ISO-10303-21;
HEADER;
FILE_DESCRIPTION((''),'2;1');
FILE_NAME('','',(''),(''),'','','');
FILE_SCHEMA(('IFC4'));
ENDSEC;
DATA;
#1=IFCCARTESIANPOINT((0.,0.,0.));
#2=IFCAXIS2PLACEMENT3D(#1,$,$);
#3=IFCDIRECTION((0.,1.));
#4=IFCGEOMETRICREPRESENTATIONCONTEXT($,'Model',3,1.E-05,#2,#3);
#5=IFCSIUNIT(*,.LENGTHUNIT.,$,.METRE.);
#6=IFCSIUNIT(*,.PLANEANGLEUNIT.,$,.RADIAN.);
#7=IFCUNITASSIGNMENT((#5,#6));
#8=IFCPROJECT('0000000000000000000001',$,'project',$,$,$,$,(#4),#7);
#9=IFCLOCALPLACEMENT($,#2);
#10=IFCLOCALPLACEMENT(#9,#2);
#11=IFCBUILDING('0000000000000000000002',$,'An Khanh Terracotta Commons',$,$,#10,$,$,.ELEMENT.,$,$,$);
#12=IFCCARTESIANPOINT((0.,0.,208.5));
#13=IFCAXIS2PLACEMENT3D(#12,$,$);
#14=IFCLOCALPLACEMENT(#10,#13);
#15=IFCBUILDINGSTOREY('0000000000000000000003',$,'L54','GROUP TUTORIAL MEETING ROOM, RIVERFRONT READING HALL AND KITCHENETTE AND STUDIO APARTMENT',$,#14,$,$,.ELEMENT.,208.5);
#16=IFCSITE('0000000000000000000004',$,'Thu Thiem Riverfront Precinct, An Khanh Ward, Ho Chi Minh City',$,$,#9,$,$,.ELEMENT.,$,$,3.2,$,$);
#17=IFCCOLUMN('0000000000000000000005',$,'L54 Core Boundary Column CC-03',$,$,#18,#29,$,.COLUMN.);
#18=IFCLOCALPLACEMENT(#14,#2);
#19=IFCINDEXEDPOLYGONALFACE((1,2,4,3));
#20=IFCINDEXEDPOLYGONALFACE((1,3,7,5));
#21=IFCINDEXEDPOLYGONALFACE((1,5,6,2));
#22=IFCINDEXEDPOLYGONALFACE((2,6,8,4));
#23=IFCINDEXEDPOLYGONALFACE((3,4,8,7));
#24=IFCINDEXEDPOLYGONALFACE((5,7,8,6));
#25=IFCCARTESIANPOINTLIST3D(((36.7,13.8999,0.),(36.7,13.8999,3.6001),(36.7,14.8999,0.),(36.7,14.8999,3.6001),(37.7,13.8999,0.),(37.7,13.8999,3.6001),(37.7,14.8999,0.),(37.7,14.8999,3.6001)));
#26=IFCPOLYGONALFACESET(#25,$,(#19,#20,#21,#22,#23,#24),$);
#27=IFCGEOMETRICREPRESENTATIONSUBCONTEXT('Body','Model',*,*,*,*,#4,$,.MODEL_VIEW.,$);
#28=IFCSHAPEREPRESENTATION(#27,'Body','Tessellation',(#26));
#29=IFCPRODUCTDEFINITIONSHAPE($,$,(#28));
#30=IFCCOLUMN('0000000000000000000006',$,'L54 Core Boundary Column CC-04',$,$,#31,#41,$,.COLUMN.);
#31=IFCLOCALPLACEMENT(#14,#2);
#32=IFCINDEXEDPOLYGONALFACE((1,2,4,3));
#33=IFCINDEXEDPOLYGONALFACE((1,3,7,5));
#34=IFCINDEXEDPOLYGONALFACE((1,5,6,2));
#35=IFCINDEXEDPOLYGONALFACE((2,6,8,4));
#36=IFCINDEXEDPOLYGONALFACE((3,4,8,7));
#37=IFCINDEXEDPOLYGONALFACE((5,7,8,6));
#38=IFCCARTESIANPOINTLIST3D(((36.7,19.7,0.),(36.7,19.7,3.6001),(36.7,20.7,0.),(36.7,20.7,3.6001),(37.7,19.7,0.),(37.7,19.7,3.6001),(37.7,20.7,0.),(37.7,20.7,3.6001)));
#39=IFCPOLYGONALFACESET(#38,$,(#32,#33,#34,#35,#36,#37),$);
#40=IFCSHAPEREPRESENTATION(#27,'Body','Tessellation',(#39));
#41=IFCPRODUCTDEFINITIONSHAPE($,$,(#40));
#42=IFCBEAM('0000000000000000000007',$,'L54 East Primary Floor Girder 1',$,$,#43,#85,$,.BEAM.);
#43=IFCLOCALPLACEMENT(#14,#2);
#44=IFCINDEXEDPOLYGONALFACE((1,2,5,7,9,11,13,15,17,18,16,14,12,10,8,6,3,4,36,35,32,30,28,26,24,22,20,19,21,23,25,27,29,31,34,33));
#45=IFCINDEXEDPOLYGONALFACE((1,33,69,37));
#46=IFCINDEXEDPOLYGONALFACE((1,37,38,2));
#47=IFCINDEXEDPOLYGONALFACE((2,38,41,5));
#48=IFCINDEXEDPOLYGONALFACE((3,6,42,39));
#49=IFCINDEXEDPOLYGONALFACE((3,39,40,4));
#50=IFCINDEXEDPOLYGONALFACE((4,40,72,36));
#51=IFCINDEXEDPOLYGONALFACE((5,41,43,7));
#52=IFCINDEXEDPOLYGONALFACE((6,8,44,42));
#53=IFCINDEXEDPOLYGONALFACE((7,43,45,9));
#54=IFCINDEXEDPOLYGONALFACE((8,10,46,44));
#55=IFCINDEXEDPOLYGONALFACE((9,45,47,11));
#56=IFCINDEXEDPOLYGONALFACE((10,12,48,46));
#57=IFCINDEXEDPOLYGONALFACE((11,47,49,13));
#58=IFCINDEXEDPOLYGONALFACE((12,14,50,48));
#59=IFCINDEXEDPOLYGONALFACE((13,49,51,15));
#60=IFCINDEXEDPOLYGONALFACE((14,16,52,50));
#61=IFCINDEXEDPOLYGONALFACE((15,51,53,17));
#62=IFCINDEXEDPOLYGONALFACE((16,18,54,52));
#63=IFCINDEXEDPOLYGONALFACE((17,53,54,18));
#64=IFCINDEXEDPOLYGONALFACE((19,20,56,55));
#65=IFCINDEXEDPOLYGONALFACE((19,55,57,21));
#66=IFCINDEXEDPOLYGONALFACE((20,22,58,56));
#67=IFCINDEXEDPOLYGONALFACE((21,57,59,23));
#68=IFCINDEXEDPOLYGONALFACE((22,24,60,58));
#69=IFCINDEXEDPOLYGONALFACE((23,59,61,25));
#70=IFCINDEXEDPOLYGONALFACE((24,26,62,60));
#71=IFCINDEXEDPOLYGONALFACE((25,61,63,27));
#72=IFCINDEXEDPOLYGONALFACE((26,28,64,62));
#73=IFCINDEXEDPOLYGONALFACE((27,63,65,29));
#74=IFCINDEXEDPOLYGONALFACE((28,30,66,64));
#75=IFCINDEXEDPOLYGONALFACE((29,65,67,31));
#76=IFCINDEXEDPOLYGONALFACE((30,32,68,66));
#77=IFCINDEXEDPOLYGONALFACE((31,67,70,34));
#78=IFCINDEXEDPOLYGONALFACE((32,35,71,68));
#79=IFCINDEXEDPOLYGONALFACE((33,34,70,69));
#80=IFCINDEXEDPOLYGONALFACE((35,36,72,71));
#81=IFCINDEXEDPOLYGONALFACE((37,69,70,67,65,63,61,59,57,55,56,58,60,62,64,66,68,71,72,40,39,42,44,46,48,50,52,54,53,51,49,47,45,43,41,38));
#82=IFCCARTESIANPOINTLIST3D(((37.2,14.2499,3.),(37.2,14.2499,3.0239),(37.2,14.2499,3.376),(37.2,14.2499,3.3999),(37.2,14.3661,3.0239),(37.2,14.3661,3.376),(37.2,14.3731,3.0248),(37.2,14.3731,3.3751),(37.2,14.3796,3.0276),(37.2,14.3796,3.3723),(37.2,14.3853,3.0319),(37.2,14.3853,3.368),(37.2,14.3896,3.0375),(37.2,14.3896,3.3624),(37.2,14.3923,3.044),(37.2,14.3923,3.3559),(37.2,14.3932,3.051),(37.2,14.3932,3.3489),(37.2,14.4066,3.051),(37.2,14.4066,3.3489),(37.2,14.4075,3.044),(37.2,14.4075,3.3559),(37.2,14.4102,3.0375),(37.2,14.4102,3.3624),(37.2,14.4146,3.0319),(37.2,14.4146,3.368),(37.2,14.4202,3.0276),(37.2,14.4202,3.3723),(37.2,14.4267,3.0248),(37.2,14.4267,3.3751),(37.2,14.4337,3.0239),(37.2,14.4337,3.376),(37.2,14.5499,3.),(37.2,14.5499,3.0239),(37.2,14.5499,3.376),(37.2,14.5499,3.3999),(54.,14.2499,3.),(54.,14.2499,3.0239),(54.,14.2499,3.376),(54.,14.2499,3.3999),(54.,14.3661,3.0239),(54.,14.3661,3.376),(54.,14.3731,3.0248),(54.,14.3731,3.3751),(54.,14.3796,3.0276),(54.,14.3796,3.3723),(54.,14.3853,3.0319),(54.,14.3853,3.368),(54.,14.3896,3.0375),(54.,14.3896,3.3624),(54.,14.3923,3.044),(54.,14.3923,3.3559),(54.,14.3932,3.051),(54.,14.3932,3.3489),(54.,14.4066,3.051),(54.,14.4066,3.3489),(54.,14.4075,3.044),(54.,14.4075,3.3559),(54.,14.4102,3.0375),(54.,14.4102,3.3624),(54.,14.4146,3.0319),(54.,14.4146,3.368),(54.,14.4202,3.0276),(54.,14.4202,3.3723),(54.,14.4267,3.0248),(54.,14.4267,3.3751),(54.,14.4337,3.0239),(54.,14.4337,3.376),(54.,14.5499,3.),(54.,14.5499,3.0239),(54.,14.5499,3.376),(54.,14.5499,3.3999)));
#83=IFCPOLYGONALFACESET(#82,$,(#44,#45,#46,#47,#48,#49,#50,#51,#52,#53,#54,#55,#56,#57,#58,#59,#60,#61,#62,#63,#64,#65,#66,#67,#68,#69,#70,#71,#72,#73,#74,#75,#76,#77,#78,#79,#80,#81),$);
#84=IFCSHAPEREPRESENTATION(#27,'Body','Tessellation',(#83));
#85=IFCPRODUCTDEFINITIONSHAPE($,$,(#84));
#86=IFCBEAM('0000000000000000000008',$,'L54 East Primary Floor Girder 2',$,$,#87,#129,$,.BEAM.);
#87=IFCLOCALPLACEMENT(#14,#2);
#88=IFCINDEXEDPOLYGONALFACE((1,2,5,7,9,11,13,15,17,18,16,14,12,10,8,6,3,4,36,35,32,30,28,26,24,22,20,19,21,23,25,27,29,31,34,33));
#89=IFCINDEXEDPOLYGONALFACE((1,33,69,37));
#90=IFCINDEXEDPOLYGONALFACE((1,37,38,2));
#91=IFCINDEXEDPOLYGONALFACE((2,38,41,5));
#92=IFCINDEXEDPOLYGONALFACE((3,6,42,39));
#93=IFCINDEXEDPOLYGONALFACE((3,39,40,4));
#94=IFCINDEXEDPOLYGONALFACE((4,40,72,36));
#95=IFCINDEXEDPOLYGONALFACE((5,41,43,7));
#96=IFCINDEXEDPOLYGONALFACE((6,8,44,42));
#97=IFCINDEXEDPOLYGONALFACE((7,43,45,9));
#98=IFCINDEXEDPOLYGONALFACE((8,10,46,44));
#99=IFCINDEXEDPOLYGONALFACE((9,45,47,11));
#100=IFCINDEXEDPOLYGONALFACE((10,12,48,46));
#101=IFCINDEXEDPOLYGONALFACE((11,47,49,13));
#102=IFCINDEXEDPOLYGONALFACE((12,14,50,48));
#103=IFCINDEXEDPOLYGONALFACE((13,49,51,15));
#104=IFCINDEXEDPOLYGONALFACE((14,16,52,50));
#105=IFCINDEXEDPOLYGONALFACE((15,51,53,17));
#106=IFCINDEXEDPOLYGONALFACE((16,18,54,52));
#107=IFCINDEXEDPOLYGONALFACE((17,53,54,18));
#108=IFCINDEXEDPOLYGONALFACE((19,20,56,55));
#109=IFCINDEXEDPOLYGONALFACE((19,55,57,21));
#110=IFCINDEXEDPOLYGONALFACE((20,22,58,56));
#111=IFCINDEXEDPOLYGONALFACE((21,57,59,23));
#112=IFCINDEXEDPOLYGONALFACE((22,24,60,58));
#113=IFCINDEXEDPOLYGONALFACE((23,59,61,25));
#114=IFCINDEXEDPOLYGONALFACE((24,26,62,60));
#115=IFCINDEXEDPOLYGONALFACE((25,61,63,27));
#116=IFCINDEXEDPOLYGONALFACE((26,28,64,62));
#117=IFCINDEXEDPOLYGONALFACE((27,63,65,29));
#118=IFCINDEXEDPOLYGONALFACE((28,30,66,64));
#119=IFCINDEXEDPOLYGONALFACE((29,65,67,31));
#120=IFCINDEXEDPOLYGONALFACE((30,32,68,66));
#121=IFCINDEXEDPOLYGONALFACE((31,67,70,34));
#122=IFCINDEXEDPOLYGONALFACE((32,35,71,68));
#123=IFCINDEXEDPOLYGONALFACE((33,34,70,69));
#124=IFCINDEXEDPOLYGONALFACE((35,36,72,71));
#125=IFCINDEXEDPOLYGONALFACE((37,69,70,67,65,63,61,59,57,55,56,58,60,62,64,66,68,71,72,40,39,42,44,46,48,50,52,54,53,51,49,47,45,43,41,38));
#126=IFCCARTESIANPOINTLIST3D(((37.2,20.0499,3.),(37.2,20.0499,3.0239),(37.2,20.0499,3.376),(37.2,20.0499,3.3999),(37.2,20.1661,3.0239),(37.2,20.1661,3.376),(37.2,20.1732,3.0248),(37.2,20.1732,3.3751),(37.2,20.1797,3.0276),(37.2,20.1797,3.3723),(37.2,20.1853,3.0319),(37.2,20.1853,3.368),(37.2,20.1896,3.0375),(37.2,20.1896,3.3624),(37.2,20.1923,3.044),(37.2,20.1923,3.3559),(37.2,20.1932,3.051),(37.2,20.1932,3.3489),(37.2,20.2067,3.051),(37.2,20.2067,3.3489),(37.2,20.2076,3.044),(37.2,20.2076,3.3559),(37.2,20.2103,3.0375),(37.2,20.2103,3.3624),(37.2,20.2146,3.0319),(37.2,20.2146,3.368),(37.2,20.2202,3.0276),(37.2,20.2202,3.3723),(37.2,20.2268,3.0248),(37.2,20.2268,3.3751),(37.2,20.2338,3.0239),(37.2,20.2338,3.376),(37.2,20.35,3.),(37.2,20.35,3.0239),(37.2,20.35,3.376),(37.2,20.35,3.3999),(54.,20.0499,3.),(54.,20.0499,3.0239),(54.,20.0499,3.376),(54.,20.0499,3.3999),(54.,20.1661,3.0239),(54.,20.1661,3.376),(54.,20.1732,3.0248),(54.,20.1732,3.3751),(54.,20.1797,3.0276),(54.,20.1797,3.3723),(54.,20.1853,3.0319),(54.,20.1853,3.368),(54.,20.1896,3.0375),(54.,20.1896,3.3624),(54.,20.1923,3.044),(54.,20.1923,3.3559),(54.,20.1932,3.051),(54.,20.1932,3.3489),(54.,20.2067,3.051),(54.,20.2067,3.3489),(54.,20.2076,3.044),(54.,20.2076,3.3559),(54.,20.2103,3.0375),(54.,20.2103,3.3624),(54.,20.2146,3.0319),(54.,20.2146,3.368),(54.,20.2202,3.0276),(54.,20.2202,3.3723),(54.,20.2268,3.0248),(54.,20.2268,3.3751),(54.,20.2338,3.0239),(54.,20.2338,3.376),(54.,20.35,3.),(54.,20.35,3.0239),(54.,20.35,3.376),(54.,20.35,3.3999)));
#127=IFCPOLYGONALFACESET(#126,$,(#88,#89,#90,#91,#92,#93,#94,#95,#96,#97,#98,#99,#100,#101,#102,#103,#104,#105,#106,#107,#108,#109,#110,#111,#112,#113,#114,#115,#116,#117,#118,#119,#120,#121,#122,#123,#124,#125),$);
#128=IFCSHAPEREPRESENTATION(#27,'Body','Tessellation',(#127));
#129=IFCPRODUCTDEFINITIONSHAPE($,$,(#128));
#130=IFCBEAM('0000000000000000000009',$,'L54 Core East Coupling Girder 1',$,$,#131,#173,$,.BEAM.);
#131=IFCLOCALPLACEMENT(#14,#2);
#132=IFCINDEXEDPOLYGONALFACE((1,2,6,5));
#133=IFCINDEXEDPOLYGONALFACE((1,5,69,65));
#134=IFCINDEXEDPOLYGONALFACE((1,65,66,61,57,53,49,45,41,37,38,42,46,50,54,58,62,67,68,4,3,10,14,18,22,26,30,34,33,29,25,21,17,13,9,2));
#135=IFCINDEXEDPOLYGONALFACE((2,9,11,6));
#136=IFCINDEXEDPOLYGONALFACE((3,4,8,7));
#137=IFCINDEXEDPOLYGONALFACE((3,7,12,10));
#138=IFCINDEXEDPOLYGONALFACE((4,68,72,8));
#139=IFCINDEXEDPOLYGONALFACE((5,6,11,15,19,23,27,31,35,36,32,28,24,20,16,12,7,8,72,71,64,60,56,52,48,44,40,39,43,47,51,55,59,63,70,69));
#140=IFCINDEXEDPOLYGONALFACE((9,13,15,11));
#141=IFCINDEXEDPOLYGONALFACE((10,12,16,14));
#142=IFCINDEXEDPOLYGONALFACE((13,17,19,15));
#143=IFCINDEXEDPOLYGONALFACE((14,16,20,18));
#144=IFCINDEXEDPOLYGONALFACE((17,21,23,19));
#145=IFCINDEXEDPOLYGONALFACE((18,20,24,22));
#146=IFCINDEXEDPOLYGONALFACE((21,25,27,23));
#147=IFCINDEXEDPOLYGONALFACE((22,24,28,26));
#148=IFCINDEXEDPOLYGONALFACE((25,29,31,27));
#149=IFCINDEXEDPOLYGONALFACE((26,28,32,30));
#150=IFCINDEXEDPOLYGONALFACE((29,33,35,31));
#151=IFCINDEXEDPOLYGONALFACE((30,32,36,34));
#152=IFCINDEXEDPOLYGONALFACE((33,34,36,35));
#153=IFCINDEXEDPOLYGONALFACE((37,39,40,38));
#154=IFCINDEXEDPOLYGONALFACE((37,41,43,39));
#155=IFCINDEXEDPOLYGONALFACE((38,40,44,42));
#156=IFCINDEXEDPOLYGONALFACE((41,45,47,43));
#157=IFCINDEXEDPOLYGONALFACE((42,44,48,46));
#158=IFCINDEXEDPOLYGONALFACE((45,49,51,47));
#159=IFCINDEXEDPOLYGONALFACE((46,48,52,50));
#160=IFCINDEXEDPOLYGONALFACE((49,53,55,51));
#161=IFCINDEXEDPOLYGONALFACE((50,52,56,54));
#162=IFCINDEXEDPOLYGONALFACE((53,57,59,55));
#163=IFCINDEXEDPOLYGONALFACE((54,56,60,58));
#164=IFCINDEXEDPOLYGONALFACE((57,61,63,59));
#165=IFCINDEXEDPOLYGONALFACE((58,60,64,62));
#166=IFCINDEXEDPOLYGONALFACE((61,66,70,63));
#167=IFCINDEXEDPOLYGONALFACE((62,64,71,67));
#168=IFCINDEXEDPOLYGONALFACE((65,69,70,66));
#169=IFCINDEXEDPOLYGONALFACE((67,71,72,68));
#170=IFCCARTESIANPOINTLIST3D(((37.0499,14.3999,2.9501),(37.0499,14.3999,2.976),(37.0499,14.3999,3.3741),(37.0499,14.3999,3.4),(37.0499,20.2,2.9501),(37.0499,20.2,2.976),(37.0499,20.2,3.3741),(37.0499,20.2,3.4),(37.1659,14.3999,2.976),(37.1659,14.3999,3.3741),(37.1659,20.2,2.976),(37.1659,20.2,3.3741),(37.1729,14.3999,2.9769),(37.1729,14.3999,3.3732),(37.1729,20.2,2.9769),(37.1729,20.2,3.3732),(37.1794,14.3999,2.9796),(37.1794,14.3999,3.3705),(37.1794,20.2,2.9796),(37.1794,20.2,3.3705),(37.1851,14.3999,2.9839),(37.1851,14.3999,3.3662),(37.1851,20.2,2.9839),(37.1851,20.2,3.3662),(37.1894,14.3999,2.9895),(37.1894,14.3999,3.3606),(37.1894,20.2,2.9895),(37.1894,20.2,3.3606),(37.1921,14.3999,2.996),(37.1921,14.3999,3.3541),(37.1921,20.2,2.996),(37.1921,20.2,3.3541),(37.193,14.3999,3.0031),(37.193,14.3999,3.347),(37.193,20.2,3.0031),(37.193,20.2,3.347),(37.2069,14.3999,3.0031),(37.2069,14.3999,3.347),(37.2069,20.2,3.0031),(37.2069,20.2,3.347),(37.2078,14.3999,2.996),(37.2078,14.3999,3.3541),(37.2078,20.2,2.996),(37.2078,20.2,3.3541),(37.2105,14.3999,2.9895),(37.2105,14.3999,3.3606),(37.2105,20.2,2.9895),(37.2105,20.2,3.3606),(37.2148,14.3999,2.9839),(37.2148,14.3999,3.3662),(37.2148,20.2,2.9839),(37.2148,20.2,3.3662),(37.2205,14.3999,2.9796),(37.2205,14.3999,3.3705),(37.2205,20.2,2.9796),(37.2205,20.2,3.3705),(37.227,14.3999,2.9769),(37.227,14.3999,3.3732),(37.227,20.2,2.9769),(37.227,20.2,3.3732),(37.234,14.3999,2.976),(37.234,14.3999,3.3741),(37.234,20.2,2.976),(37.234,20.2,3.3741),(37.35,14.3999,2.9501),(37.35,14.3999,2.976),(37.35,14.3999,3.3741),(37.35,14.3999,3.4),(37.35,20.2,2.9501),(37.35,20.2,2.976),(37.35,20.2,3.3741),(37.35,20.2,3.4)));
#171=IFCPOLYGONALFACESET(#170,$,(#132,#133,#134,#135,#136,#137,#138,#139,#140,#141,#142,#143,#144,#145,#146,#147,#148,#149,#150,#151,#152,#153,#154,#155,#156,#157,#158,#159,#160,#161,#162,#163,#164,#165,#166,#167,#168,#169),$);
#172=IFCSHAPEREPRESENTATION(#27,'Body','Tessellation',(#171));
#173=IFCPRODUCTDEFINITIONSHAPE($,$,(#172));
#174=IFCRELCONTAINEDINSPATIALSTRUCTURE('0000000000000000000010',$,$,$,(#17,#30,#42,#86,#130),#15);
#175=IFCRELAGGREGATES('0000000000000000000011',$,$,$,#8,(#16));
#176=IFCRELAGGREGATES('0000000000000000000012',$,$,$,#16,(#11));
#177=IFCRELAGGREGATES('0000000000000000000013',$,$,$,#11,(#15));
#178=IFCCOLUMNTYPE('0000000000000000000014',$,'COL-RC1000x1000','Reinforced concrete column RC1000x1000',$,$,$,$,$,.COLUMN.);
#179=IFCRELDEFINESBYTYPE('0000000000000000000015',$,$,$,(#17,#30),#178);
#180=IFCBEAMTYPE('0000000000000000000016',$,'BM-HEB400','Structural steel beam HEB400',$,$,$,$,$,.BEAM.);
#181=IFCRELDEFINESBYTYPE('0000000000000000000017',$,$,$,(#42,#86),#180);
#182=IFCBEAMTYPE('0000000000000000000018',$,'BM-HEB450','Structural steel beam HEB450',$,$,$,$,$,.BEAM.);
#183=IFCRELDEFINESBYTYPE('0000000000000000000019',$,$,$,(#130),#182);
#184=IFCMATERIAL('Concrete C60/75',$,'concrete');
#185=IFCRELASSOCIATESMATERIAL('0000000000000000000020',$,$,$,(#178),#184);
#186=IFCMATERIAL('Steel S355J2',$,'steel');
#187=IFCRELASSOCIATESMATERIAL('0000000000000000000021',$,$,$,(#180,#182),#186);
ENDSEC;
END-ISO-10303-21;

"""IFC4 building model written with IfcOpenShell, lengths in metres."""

from ifc_helpers import new_model, si_unit, direction, frame, origin, origin_2d, place, context, subcontext, project, spatial, rectangle, i_section, extrude, material, material_profile, profile_set, type_object, element, save


model = new_model("IFC4")

# Units and contexts
model_context = context("Model", 3, precision=1e-05, world=origin(), true_north=direction((0.0, 1.0)))
body_context = subcontext(model_context, "Body", "Model", "MODEL_VIEW")
ifc_project = project(units=[si_unit("LENGTHUNIT", "METRE"), si_unit("PLANEANGLEUNIT", "RADIAN")], contexts=[model_context])

# Site, building, storey
site_placement = place(None, origin())
site = spatial("IfcSite", under=ifc_project, at=site_placement, Name="Thu Thiem Riverfront Precinct, An Khanh Ward, Ho Chi Minh City", CompositionType="ELEMENT", RefElevation=3.2)
building_placement = place(site_placement, origin())
building = spatial("IfcBuilding", under=site, at=building_placement, Name="An Khanh Terracotta Commons", CompositionType="ELEMENT")
storey_placement = place(building_placement, frame((0.0, 0.0, 208.5)))
storey = spatial("IfcBuildingStorey", under=building, at=storey_placement, Name="L54", Description="GROUP TUTORIAL MEETING ROOM, RIVERFRONT READING HALL AND KITCHENETTE AND STUDIO APARTMENT", CompositionType="ELEMENT", Elevation=208.5)

# Columns
ifc_material_1 = material(Name="Concrete C60/75", Category="concrete")
ifc_material_profile_1 = material_profile(ifc_material_1, rectangle(XDim=1.0, YDim=1.0, at=origin_2d()), Name="RC1000x1000")
ifc_profile_set_1 = profile_set([ifc_material_profile_1], Name="Concrete C60/75")
column_type = type_object("IfcColumnType", Name="COL-RC1000x1000", Description="Reinforced concrete column RC1000x1000", PredefinedType="COLUMN", material=ifc_profile_set_1)
for number, where, z_axis, x_axis, name in (
    (1, (37.2, 14.3999, 0.0), (0.0, 0.0, 1.0), (1.0, 0.0, 0.0), "L54 Core Boundary Column CC-03"),
    (2, (37.2, 20.2, 0.0), (0.0, 0.0, 1.0), (1.0, 0.0, 0.0), "L54 Core Boundary Column CC-04"),
):
    element("IfcColumn", number, at=place(storey_placement, frame(where, z_axis=z_axis, x_axis=x_axis)), inside=storey, type_object=column_type, Name=name, PredefinedType="COLUMN", context=body_context, shape_type="SweptSolid", body=[
        extrude(rectangle(XDim=1.0, YDim=1.0, at=origin_2d()), origin(), (0.0, 0.0, 1.0), 3.6001),
    ])

# Beams
ifc_material_2 = material(Name="Steel S355J2", Category="steel")
ifc_material_profile_2 = material_profile(ifc_material_2, i_section(OverallWidth=0.3, OverallDepth=0.3999, WebThickness=0.0134, FlangeThickness=0.0239, FilletRadius=0.0271, at=origin_2d()), Name="HEB400")
ifc_profile_set_2 = profile_set([ifc_material_profile_2], Name="Steel S355J2")
beam_type_1 = type_object("IfcBeamType", Name="BM-HEB400", Description="Structural steel beam HEB400", PredefinedType="BEAM", material=ifc_profile_set_2)
for number, where, z_axis, x_axis, name in (
    (3, (37.2, 14.3999, 3.2), (1.0, 0.0, 0.0), (0.0, 1.0, 0.0), "L54 East Primary Floor Girder 1"),
    (4, (37.2, 20.2, 3.2), (1.0, 0.0, 0.0), (0.0, 1.0, 0.0), "L54 East Primary Floor Girder 2"),
):
    element("IfcBeam", number, at=place(storey_placement, frame(where, z_axis=z_axis, x_axis=x_axis)), inside=storey, type_object=beam_type_1, Name=name, PredefinedType="BEAM", context=body_context, shape_type="SweptSolid", body=[
        extrude(i_section(OverallWidth=0.3, OverallDepth=0.3999, WebThickness=0.0134, FlangeThickness=0.0239, FilletRadius=0.0271, at=origin_2d()), origin(), (0.0, 0.0, 1.0), 16.8),
    ])
ifc_material_profile_3 = material_profile(ifc_material_2, i_section(OverallWidth=0.3, OverallDepth=0.45, WebThickness=0.0139, FlangeThickness=0.0259, FilletRadius=0.0271, at=origin_2d()), Name="HEB450")
ifc_profile_set_3 = profile_set([ifc_material_profile_3], Name="Steel S355J2")
beam_type_2 = type_object("IfcBeamType", Name="BM-HEB450", Description="Structural steel beam HEB450", PredefinedType="BEAM", material=ifc_profile_set_3)
beam_1_placement = place(storey_placement, frame((37.2, 14.3999, 3.175), z_axis=(0.0, 1.0, 0.0), x_axis=(-1.0, 0.0, 0.0)))
element("IfcBeam", 5, at=beam_1_placement, inside=storey, type_object=beam_type_2, Name="L54 Core East Coupling Girder 1", PredefinedType="BEAM", context=body_context, shape_type="SweptSolid", body=[
    extrude(i_section(OverallWidth=0.3, OverallDepth=0.45, WebThickness=0.0139, FlangeThickness=0.0259, FilletRadius=0.0271, at=origin_2d()), origin(), (0.0, 0.0, 1.0), 5.8),
])

save(model, "model.ifc")
